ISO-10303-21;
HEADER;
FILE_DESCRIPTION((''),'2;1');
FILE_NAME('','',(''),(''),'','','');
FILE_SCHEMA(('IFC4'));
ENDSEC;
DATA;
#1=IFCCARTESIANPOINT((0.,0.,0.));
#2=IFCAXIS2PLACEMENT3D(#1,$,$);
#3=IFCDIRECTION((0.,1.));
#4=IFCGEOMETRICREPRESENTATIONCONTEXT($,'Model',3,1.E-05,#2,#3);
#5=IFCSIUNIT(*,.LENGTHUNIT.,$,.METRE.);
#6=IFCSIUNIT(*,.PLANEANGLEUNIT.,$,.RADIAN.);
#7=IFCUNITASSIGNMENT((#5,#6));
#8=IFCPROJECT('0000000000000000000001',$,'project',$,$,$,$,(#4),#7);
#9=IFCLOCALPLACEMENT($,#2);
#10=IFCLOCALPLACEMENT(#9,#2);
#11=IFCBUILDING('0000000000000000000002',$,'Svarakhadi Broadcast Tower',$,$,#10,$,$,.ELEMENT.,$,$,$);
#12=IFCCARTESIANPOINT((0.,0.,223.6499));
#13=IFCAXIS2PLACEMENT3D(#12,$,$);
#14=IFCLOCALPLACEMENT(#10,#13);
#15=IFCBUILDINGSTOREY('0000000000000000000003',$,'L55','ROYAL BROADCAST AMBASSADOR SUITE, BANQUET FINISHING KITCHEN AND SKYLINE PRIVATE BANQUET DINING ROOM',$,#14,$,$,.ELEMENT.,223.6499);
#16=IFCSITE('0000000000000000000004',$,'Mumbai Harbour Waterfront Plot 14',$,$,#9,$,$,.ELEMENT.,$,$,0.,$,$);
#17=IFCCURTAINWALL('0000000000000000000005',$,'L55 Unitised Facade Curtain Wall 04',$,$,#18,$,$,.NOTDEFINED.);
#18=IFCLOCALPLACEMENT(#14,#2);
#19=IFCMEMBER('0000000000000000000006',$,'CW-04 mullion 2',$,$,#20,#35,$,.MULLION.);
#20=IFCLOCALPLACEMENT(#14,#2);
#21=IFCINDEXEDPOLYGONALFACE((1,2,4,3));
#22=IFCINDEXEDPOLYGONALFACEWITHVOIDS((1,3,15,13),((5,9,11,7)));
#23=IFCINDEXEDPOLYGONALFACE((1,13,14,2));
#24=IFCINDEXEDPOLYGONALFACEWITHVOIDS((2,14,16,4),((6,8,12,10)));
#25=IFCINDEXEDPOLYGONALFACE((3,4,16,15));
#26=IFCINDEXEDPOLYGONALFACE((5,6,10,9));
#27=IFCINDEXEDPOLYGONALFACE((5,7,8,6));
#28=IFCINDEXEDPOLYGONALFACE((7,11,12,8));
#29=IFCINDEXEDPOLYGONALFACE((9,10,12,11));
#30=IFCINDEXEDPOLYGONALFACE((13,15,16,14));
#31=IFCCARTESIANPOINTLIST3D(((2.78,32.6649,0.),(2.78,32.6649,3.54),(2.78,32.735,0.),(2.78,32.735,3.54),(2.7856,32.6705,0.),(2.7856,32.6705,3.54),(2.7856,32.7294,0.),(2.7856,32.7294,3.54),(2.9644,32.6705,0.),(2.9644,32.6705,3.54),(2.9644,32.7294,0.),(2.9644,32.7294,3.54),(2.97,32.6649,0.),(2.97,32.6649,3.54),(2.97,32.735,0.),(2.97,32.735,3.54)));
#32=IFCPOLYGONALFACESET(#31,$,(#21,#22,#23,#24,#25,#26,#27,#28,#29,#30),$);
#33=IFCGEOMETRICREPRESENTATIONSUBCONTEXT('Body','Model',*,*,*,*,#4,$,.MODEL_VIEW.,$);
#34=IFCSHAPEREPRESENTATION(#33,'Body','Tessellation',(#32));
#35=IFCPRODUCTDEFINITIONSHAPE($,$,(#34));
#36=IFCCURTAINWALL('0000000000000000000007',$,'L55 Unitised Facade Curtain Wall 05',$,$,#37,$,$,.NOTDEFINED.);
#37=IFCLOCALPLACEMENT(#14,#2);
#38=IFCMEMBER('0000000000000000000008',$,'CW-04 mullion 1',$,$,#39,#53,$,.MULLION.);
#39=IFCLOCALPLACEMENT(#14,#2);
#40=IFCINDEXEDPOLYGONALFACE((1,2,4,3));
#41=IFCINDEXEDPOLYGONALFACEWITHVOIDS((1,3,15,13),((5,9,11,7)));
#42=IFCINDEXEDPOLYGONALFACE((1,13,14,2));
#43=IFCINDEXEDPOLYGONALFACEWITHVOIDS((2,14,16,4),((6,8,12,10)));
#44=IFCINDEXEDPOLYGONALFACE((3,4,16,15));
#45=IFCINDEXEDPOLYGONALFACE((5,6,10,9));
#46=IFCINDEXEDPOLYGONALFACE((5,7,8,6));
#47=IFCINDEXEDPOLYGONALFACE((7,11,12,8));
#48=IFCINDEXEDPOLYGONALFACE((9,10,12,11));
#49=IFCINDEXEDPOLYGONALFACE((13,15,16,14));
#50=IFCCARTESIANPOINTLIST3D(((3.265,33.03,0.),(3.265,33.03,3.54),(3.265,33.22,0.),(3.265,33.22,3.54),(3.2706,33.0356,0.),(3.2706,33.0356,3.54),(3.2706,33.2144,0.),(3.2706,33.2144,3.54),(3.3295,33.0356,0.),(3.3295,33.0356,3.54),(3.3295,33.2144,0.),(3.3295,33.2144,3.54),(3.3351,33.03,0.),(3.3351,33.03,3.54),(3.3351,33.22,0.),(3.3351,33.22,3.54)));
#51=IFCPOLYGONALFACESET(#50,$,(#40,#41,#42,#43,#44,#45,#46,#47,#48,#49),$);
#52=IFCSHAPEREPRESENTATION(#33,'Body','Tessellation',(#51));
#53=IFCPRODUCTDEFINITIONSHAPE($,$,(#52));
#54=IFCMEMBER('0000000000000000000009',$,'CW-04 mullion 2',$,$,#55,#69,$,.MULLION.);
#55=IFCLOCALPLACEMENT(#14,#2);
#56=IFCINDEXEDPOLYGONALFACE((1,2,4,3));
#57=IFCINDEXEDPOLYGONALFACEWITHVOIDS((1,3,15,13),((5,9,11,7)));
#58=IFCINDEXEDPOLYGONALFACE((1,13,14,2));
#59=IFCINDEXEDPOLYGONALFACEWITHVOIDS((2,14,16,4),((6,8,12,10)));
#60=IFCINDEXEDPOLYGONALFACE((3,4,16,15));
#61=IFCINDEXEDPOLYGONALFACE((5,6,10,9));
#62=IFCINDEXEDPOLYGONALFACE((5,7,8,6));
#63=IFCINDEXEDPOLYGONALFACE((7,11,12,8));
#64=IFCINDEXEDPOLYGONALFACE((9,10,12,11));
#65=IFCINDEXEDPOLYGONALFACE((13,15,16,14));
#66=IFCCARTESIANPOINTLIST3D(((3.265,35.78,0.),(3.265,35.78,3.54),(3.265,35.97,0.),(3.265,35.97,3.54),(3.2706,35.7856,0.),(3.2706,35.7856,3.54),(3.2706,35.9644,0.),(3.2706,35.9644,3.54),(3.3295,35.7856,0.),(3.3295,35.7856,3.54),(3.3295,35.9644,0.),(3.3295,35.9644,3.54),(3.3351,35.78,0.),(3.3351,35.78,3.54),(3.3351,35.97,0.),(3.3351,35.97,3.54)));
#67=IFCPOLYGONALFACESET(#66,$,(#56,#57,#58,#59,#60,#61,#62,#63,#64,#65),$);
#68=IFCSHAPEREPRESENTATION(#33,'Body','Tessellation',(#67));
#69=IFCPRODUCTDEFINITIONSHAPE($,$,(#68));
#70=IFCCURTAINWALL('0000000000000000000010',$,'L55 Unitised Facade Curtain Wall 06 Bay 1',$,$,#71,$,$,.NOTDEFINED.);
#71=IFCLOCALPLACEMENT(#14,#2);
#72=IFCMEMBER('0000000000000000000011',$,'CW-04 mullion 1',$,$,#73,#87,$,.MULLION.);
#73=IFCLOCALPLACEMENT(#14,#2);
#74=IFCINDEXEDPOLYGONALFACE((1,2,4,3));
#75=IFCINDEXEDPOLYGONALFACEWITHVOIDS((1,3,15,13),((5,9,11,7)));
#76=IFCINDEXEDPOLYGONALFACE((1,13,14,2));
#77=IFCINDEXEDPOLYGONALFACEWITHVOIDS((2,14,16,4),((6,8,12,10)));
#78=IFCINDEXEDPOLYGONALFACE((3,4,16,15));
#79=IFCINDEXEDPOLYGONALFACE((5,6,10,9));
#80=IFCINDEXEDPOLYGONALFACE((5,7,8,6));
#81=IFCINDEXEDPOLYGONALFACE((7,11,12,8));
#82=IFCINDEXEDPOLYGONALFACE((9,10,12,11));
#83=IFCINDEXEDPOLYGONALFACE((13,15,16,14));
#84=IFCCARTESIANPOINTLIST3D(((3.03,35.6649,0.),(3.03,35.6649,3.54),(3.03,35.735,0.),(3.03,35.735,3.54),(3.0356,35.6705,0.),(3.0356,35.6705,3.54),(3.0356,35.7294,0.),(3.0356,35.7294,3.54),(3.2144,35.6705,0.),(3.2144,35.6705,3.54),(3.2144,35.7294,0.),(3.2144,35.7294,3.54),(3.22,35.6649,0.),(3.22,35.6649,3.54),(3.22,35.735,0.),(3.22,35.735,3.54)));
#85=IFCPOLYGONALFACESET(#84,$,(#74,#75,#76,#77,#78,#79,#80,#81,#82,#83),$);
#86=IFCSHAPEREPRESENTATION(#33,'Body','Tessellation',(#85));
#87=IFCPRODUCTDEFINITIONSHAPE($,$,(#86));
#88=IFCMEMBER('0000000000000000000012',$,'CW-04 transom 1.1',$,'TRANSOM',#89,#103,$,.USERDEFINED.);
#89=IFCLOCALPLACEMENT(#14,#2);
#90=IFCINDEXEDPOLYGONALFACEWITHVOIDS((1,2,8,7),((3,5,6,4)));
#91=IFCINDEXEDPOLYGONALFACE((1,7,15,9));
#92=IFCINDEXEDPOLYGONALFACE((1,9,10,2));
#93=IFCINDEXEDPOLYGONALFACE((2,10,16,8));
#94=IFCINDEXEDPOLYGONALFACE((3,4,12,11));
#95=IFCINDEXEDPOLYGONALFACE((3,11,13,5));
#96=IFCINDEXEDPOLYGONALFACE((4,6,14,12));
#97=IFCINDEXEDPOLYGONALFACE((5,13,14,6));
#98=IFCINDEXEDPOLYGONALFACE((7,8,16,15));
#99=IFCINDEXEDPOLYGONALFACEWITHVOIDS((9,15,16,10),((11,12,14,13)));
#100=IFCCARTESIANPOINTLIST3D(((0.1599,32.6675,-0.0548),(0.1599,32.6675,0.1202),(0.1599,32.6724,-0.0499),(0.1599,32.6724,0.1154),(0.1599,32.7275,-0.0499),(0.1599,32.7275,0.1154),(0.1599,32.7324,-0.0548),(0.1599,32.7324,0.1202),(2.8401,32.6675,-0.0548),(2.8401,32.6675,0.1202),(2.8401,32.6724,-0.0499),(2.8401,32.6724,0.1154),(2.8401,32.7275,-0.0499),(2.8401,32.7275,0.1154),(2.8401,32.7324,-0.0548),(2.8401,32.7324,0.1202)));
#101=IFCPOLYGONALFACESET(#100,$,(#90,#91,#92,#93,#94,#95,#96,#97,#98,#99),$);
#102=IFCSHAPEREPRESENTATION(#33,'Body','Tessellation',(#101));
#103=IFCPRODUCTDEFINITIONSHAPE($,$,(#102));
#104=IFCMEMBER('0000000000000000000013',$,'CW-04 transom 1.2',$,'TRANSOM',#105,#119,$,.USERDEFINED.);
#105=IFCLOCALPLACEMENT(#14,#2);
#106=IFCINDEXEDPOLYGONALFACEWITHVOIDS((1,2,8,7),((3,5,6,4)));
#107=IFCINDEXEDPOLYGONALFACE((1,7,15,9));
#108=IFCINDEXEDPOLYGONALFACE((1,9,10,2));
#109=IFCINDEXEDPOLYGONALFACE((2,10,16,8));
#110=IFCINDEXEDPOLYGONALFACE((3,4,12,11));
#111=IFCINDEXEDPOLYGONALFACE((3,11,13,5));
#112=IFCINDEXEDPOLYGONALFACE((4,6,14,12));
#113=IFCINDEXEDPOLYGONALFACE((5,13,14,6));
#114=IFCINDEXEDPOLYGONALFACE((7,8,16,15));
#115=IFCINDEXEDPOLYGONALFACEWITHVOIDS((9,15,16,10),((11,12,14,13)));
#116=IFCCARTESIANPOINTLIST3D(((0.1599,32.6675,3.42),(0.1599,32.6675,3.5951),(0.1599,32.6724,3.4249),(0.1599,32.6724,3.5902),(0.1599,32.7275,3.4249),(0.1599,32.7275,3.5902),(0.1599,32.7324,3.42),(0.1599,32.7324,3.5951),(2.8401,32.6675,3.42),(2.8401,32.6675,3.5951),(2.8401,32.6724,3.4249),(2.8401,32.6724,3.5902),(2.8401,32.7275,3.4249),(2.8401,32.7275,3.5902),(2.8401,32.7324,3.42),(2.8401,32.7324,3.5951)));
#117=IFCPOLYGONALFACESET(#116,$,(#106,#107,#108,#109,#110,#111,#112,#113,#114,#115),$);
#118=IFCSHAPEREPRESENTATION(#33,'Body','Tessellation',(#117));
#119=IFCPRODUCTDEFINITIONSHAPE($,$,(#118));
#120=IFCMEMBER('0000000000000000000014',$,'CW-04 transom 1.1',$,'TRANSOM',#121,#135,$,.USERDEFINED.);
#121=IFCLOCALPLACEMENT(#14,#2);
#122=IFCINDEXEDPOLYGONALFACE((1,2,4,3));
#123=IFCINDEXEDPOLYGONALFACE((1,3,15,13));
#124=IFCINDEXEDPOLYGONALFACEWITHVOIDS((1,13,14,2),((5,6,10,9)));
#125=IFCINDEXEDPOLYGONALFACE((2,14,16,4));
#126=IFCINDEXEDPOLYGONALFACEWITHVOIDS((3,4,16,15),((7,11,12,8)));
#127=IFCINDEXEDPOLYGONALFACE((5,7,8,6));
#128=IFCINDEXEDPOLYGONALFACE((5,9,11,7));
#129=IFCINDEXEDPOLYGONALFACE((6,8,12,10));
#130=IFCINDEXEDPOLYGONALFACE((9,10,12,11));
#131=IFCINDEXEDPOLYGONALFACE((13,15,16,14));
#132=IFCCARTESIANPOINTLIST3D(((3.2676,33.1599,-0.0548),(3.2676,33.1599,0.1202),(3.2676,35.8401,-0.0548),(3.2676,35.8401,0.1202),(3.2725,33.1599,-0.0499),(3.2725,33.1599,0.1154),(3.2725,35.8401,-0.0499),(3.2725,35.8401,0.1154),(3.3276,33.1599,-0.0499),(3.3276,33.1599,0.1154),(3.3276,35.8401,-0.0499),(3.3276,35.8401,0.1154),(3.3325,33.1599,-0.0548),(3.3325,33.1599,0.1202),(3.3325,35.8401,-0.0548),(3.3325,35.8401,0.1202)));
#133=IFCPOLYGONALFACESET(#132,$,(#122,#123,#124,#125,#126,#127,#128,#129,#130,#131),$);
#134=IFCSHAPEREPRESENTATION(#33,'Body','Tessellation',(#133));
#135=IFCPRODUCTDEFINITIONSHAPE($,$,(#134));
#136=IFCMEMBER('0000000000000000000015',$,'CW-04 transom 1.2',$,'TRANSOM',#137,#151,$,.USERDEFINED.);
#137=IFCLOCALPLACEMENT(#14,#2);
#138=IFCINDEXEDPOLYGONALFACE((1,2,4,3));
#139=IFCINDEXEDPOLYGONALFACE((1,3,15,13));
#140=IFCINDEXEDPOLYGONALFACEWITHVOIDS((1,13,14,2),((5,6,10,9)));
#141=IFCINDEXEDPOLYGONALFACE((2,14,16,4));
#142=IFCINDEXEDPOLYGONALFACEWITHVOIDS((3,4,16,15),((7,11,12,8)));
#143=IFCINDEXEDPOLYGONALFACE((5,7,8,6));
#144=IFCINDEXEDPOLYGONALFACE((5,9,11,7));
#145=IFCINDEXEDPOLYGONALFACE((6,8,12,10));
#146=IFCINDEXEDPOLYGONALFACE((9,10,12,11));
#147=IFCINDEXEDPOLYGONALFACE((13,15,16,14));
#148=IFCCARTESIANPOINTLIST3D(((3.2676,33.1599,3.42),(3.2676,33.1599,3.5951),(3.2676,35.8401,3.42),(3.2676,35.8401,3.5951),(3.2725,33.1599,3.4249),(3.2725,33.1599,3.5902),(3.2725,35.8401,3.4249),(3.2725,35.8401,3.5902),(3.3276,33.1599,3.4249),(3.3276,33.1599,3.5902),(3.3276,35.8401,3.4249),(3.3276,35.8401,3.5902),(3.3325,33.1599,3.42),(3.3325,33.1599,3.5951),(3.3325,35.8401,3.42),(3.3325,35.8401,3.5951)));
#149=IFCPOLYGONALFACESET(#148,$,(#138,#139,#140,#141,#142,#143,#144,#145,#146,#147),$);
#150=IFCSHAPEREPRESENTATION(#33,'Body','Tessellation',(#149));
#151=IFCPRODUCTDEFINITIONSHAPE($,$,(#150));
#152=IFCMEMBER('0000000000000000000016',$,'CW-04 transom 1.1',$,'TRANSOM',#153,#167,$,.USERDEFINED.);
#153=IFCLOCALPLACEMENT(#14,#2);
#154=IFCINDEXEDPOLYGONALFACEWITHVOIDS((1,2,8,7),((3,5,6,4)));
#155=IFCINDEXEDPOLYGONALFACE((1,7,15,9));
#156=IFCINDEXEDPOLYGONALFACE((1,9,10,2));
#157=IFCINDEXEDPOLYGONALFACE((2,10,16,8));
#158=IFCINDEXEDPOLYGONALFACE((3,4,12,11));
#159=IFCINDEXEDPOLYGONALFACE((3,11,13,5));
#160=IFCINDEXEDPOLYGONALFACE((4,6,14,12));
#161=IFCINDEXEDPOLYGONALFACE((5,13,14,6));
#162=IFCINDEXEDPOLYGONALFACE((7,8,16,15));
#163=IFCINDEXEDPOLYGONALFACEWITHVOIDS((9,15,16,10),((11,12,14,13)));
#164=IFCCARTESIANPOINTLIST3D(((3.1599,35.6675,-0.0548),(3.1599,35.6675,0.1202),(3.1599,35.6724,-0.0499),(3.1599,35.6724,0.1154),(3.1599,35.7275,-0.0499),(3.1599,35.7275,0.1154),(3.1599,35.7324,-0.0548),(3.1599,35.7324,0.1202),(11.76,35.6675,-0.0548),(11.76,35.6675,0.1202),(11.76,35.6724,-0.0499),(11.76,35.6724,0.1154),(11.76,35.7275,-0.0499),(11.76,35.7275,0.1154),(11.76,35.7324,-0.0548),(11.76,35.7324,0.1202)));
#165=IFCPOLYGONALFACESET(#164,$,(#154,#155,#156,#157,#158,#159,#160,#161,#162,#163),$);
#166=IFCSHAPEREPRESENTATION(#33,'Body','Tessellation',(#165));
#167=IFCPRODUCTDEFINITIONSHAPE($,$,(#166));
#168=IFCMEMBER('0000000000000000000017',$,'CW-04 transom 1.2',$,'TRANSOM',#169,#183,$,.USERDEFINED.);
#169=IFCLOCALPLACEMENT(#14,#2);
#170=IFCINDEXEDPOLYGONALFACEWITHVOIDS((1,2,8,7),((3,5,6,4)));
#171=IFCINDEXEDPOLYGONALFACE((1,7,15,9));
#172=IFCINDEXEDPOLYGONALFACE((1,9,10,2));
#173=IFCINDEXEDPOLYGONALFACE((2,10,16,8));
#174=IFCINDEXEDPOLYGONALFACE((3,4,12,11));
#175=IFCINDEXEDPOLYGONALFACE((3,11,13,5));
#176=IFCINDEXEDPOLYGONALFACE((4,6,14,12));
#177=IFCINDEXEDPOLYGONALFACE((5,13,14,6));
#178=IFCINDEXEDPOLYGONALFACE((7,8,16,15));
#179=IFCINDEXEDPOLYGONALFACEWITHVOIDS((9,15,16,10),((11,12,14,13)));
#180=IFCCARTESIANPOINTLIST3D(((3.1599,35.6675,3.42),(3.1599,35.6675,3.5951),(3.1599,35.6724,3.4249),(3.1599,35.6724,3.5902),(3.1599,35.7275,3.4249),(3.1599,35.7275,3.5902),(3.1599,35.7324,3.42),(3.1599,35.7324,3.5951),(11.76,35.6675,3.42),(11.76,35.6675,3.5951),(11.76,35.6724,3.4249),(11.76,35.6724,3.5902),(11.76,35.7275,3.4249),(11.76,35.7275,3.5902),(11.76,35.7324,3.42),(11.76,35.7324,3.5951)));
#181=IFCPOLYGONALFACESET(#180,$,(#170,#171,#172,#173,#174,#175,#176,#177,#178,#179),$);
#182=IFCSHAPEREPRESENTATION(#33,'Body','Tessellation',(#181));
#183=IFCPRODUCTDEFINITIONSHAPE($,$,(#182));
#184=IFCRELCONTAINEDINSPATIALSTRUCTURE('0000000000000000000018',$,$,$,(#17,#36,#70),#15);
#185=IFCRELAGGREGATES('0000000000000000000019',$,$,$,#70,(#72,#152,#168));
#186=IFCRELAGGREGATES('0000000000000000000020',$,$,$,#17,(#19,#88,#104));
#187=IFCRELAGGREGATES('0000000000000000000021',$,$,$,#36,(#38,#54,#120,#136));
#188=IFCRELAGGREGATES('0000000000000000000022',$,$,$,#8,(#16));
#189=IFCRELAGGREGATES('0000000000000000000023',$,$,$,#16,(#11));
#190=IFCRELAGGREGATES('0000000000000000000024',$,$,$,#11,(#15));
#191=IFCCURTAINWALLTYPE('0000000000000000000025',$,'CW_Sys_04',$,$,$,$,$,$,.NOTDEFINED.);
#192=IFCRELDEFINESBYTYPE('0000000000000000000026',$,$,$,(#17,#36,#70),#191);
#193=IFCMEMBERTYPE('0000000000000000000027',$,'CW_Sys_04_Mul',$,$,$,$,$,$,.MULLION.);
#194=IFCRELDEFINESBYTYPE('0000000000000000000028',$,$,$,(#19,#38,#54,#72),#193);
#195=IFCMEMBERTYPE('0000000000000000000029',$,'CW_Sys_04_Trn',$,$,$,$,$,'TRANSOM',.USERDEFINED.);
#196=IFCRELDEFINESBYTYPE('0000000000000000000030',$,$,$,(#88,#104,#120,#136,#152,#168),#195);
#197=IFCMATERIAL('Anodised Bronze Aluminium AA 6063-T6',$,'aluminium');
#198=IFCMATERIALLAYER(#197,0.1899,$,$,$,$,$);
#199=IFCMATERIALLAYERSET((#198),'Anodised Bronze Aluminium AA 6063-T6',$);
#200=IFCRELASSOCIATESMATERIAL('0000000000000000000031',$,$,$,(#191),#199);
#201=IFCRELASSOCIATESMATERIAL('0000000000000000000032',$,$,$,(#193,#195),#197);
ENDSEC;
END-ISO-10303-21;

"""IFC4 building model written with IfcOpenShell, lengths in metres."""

from ifc_helpers import new_model, si_unit, direction, frame, origin, origin_2d, place, context, subcontext, project, spatial, hollow_rectangle, extrude, material, layer, layer_set, material_profile, profile_set, type_object, element, aggregate, save


model = new_model("IFC4")

# Units and contexts
model_context = context("Model", 3, precision=1e-05, world=origin(), true_north=direction((0.0, 1.0)))
body_context = subcontext(model_context, "Body", "Model", "MODEL_VIEW")
ifc_project = project(units=[si_unit("LENGTHUNIT", "METRE"), si_unit("PLANEANGLEUNIT", "RADIAN")], contexts=[model_context])

# Site, building, storey
site_placement = place(None, origin())
site = spatial("IfcSite", under=ifc_project, at=site_placement, Name="Mumbai Harbour Waterfront Plot 14", CompositionType="ELEMENT", RefElevation=0.0)
building_placement = place(site_placement, origin())
building = spatial("IfcBuilding", under=site, at=building_placement, Name="Svarakhadi Broadcast Tower", CompositionType="ELEMENT")
storey_placement = place(building_placement, frame((0.0, 0.0, 223.6499)))
storey = spatial("IfcBuildingStorey", under=building, at=storey_placement, Name="L55", Description="ROYAL BROADCAST AMBASSADOR SUITE, BANQUET FINISHING KITCHEN AND SKYLINE PRIVATE BANQUET DINING ROOM", CompositionType="ELEMENT", Elevation=223.6499)

# Shared definitions
ifc_material_1 = material(Name="Anodised Bronze Aluminium AA 6063-T6", Category="aluminium")
ifc_layer_1 = layer(ifc_material_1, 0.1899)
ifc_layer_set_1 = layer_set([ifc_layer_1], Name="Anodised Bronze Aluminium AA 6063-T6")
curtain_wall_type = type_object("IfcCurtainWallType", Name="CW_Sys_04", PredefinedType="NOTDEFINED", material=ifc_layer_set_1)
ifc_material_profile_1 = material_profile(ifc_material_1, hollow_rectangle(XDim=0.0701, YDim=0.1899, WallThickness=0.0056, at=origin_2d()), Name="ALU MULLION 190x70x6")
ifc_profile_set_1 = profile_set([ifc_material_profile_1], Name="Anodised Bronze Aluminium AA 6063-T6")
member_type_1 = type_object("IfcMemberType", Name="CW_Sys_04_Mul", PredefinedType="MULLION", material=ifc_profile_set_1)

# Curtain walls, members
curtain_wall_1_placement = place(storey_placement, origin())
curtain_wall_1 = element("IfcCurtainWall", 1, at=curtain_wall_1_placement, inside=storey, type_object=curtain_wall_type, Name="L55 Unitised Facade Curtain Wall 04", PredefinedType="NOTDEFINED")
member_1_placement = place(storey_placement, frame((2.875, 32.7, 0.0), z_axis=(0.0, 0.0, 1.0), x_axis=(0.0, 1.0, 0.0)))
member_1 = element("IfcMember", 2, at=member_1_placement, type_object=member_type_1, Name="CW-04 mullion 2", PredefinedType="MULLION", context=body_context, shape_type="SweptSolid", body=[
    extrude(hollow_rectangle(XDim=0.0701, YDim=0.1899, WallThickness=0.0056, at=origin_2d()), origin(), (0.0, 0.0, 1.0), 3.54),
])
curtain_wall_2_placement = place(storey_placement, origin())
curtain_wall_2 = element("IfcCurtainWall", 3, at=curtain_wall_2_placement, inside=storey, type_object=curtain_wall_type, Name="L55 Unitised Facade Curtain Wall 05", PredefinedType="NOTDEFINED")
member_2_placement = place(storey_placement, frame((3.3, 33.125, 0.0), z_axis=(0.0, 0.0, 1.0), x_axis=(-1.0, 0.0, 0.0)))
member_2 = element("IfcMember", 4, at=member_2_placement, type_object=member_type_1, Name="CW-04 mullion 1", PredefinedType="MULLION", context=body_context, shape_type="SweptSolid", body=[
    extrude(hollow_rectangle(XDim=0.0701, YDim=0.1899, WallThickness=0.0056, at=origin_2d()), origin(), (0.0, 0.0, 1.0), 3.54),
])
member_3_placement = place(storey_placement, frame((3.3, 35.875, 0.0), z_axis=(0.0, 0.0, 1.0), x_axis=(-1.0, 0.0, 0.0)))
member_3 = element("IfcMember", 5, at=member_3_placement, type_object=member_type_1, Name="CW-04 mullion 2", PredefinedType="MULLION", context=body_context, shape_type="SweptSolid", body=[
    extrude(hollow_rectangle(XDim=0.0701, YDim=0.1899, WallThickness=0.0056, at=origin_2d()), origin(), (0.0, 0.0, 1.0), 3.54),
])

# Curtain wall, member
curtain_wall_3_placement = place(storey_placement, origin())
curtain_wall_3 = element("IfcCurtainWall", 6, at=curtain_wall_3_placement, inside=storey, type_object=curtain_wall_type, Name="L55 Unitised Facade Curtain Wall 06 Bay 1", PredefinedType="NOTDEFINED")
member_4_placement = place(storey_placement, frame((3.125, 35.7, 0.0), z_axis=(0.0, 0.0, 1.0), x_axis=(0.0, 1.0, 0.0)))
member_4 = element("IfcMember", 7, at=member_4_placement, type_object=member_type_1, Name="CW-04 mullion 1", PredefinedType="MULLION", context=body_context, shape_type="SweptSolid", body=[
    extrude(hollow_rectangle(XDim=0.0701, YDim=0.1899, WallThickness=0.0056, at=origin_2d()), origin(), (0.0, 0.0, 1.0), 3.54),
])

# Members
ifc_material_profile_2 = material_profile(ifc_material_1, hollow_rectangle(XDim=0.0649, YDim=0.175, WallThickness=0.0049, at=origin_2d()), Name="ALU TRANSOM 175x65x5")
ifc_profile_set_2 = profile_set([ifc_material_profile_2], Name="Anodised Bronze Aluminium AA 6063-T6")
member_type_2 = type_object("IfcMemberType", Name="CW_Sys_04_Trn", ElementType="TRANSOM", PredefinedType="USERDEFINED", material=ifc_profile_set_2)
member_5_placement = place(storey_placement, frame((0.1599, 32.7, 0.0327), z_axis=(1.0, 0.0, 0.0), x_axis=(0.0, 1.0, 0.0)))
member_5 = element("IfcMember", 8, at=member_5_placement, type_object=member_type_2, Name="CW-04 transom 1.1", ObjectType="TRANSOM", PredefinedType="USERDEFINED", context=body_context, shape_type="SweptSolid", body=[
    extrude(hollow_rectangle(XDim=0.0649, YDim=0.175, WallThickness=0.0049, at=origin_2d()), origin(), (0.0, 0.0, 1.0), 2.6802),
])
member_6_placement = place(storey_placement, frame((0.1599, 32.7, 3.5076), z_axis=(1.0, 0.0, 0.0), x_axis=(0.0, 1.0, 0.0)))
member_6 = element("IfcMember", 9, at=member_6_placement, type_object=member_type_2, Name="CW-04 transom 1.2", ObjectType="TRANSOM", PredefinedType="USERDEFINED", context=body_context, shape_type="SweptSolid", body=[
    extrude(hollow_rectangle(XDim=0.0649, YDim=0.175, WallThickness=0.0049, at=origin_2d()), origin(), (0.0, 0.0, 1.0), 2.6802),
])
member_7_placement = place(storey_placement, frame((3.3, 33.1599, 0.0327), z_axis=(0.0, 1.0, 0.0), x_axis=(-1.0, 0.0, 0.0)))
member_7 = element("IfcMember", 10, at=member_7_placement, type_object=member_type_2, Name="CW-04 transom 1.1", ObjectType="TRANSOM", PredefinedType="USERDEFINED", context=body_context, shape_type="SweptSolid", body=[
    extrude(hollow_rectangle(XDim=0.0649, YDim=0.175, WallThickness=0.0049, at=origin_2d()), origin(), (0.0, 0.0, 1.0), 2.6802),
])
member_8_placement = place(storey_placement, frame((3.3, 33.1599, 3.5076), z_axis=(0.0, 1.0, 0.0), x_axis=(-1.0, 0.0, 0.0)))
member_8 = element("IfcMember", 11, at=member_8_placement, type_object=member_type_2, Name="CW-04 transom 1.2", ObjectType="TRANSOM", PredefinedType="USERDEFINED", context=body_context, shape_type="SweptSolid", body=[
    extrude(hollow_rectangle(XDim=0.0649, YDim=0.175, WallThickness=0.0049, at=origin_2d()), origin(), (0.0, 0.0, 1.0), 2.6802),
])
member_9_placement = place(storey_placement, frame((3.1599, 35.7, 0.0327), z_axis=(1.0, 0.0, 0.0), x_axis=(0.0, 1.0, 0.0)))
member_9 = element("IfcMember", 12, at=member_9_placement, type_object=member_type_2, Name="CW-04 transom 1.1", ObjectType="TRANSOM", PredefinedType="USERDEFINED", context=body_context, shape_type="SweptSolid", body=[
    extrude(hollow_rectangle(XDim=0.0649, YDim=0.175, WallThickness=0.0049, at=origin_2d()), origin(), (0.0, 0.0, 1.0), 8.6001),
])
member_10_placement = place(storey_placement, frame((3.1599, 35.7, 3.5076), z_axis=(1.0, 0.0, 0.0), x_axis=(0.0, 1.0, 0.0)))
member_10 = element("IfcMember", 13, at=member_10_placement, type_object=member_type_2, Name="CW-04 transom 1.2", ObjectType="TRANSOM", PredefinedType="USERDEFINED", context=body_context, shape_type="SweptSolid", body=[
    extrude(hollow_rectangle(XDim=0.0649, YDim=0.175, WallThickness=0.0049, at=origin_2d()), origin(), (0.0, 0.0, 1.0), 8.6001),
])
aggregate(curtain_wall_3, [member_4, member_9, member_10])

aggregate(curtain_wall_1, [member_1, member_5, member_6])
aggregate(curtain_wall_2, [member_2, member_3, member_7, member_8])

save(model, "model.ifc")
